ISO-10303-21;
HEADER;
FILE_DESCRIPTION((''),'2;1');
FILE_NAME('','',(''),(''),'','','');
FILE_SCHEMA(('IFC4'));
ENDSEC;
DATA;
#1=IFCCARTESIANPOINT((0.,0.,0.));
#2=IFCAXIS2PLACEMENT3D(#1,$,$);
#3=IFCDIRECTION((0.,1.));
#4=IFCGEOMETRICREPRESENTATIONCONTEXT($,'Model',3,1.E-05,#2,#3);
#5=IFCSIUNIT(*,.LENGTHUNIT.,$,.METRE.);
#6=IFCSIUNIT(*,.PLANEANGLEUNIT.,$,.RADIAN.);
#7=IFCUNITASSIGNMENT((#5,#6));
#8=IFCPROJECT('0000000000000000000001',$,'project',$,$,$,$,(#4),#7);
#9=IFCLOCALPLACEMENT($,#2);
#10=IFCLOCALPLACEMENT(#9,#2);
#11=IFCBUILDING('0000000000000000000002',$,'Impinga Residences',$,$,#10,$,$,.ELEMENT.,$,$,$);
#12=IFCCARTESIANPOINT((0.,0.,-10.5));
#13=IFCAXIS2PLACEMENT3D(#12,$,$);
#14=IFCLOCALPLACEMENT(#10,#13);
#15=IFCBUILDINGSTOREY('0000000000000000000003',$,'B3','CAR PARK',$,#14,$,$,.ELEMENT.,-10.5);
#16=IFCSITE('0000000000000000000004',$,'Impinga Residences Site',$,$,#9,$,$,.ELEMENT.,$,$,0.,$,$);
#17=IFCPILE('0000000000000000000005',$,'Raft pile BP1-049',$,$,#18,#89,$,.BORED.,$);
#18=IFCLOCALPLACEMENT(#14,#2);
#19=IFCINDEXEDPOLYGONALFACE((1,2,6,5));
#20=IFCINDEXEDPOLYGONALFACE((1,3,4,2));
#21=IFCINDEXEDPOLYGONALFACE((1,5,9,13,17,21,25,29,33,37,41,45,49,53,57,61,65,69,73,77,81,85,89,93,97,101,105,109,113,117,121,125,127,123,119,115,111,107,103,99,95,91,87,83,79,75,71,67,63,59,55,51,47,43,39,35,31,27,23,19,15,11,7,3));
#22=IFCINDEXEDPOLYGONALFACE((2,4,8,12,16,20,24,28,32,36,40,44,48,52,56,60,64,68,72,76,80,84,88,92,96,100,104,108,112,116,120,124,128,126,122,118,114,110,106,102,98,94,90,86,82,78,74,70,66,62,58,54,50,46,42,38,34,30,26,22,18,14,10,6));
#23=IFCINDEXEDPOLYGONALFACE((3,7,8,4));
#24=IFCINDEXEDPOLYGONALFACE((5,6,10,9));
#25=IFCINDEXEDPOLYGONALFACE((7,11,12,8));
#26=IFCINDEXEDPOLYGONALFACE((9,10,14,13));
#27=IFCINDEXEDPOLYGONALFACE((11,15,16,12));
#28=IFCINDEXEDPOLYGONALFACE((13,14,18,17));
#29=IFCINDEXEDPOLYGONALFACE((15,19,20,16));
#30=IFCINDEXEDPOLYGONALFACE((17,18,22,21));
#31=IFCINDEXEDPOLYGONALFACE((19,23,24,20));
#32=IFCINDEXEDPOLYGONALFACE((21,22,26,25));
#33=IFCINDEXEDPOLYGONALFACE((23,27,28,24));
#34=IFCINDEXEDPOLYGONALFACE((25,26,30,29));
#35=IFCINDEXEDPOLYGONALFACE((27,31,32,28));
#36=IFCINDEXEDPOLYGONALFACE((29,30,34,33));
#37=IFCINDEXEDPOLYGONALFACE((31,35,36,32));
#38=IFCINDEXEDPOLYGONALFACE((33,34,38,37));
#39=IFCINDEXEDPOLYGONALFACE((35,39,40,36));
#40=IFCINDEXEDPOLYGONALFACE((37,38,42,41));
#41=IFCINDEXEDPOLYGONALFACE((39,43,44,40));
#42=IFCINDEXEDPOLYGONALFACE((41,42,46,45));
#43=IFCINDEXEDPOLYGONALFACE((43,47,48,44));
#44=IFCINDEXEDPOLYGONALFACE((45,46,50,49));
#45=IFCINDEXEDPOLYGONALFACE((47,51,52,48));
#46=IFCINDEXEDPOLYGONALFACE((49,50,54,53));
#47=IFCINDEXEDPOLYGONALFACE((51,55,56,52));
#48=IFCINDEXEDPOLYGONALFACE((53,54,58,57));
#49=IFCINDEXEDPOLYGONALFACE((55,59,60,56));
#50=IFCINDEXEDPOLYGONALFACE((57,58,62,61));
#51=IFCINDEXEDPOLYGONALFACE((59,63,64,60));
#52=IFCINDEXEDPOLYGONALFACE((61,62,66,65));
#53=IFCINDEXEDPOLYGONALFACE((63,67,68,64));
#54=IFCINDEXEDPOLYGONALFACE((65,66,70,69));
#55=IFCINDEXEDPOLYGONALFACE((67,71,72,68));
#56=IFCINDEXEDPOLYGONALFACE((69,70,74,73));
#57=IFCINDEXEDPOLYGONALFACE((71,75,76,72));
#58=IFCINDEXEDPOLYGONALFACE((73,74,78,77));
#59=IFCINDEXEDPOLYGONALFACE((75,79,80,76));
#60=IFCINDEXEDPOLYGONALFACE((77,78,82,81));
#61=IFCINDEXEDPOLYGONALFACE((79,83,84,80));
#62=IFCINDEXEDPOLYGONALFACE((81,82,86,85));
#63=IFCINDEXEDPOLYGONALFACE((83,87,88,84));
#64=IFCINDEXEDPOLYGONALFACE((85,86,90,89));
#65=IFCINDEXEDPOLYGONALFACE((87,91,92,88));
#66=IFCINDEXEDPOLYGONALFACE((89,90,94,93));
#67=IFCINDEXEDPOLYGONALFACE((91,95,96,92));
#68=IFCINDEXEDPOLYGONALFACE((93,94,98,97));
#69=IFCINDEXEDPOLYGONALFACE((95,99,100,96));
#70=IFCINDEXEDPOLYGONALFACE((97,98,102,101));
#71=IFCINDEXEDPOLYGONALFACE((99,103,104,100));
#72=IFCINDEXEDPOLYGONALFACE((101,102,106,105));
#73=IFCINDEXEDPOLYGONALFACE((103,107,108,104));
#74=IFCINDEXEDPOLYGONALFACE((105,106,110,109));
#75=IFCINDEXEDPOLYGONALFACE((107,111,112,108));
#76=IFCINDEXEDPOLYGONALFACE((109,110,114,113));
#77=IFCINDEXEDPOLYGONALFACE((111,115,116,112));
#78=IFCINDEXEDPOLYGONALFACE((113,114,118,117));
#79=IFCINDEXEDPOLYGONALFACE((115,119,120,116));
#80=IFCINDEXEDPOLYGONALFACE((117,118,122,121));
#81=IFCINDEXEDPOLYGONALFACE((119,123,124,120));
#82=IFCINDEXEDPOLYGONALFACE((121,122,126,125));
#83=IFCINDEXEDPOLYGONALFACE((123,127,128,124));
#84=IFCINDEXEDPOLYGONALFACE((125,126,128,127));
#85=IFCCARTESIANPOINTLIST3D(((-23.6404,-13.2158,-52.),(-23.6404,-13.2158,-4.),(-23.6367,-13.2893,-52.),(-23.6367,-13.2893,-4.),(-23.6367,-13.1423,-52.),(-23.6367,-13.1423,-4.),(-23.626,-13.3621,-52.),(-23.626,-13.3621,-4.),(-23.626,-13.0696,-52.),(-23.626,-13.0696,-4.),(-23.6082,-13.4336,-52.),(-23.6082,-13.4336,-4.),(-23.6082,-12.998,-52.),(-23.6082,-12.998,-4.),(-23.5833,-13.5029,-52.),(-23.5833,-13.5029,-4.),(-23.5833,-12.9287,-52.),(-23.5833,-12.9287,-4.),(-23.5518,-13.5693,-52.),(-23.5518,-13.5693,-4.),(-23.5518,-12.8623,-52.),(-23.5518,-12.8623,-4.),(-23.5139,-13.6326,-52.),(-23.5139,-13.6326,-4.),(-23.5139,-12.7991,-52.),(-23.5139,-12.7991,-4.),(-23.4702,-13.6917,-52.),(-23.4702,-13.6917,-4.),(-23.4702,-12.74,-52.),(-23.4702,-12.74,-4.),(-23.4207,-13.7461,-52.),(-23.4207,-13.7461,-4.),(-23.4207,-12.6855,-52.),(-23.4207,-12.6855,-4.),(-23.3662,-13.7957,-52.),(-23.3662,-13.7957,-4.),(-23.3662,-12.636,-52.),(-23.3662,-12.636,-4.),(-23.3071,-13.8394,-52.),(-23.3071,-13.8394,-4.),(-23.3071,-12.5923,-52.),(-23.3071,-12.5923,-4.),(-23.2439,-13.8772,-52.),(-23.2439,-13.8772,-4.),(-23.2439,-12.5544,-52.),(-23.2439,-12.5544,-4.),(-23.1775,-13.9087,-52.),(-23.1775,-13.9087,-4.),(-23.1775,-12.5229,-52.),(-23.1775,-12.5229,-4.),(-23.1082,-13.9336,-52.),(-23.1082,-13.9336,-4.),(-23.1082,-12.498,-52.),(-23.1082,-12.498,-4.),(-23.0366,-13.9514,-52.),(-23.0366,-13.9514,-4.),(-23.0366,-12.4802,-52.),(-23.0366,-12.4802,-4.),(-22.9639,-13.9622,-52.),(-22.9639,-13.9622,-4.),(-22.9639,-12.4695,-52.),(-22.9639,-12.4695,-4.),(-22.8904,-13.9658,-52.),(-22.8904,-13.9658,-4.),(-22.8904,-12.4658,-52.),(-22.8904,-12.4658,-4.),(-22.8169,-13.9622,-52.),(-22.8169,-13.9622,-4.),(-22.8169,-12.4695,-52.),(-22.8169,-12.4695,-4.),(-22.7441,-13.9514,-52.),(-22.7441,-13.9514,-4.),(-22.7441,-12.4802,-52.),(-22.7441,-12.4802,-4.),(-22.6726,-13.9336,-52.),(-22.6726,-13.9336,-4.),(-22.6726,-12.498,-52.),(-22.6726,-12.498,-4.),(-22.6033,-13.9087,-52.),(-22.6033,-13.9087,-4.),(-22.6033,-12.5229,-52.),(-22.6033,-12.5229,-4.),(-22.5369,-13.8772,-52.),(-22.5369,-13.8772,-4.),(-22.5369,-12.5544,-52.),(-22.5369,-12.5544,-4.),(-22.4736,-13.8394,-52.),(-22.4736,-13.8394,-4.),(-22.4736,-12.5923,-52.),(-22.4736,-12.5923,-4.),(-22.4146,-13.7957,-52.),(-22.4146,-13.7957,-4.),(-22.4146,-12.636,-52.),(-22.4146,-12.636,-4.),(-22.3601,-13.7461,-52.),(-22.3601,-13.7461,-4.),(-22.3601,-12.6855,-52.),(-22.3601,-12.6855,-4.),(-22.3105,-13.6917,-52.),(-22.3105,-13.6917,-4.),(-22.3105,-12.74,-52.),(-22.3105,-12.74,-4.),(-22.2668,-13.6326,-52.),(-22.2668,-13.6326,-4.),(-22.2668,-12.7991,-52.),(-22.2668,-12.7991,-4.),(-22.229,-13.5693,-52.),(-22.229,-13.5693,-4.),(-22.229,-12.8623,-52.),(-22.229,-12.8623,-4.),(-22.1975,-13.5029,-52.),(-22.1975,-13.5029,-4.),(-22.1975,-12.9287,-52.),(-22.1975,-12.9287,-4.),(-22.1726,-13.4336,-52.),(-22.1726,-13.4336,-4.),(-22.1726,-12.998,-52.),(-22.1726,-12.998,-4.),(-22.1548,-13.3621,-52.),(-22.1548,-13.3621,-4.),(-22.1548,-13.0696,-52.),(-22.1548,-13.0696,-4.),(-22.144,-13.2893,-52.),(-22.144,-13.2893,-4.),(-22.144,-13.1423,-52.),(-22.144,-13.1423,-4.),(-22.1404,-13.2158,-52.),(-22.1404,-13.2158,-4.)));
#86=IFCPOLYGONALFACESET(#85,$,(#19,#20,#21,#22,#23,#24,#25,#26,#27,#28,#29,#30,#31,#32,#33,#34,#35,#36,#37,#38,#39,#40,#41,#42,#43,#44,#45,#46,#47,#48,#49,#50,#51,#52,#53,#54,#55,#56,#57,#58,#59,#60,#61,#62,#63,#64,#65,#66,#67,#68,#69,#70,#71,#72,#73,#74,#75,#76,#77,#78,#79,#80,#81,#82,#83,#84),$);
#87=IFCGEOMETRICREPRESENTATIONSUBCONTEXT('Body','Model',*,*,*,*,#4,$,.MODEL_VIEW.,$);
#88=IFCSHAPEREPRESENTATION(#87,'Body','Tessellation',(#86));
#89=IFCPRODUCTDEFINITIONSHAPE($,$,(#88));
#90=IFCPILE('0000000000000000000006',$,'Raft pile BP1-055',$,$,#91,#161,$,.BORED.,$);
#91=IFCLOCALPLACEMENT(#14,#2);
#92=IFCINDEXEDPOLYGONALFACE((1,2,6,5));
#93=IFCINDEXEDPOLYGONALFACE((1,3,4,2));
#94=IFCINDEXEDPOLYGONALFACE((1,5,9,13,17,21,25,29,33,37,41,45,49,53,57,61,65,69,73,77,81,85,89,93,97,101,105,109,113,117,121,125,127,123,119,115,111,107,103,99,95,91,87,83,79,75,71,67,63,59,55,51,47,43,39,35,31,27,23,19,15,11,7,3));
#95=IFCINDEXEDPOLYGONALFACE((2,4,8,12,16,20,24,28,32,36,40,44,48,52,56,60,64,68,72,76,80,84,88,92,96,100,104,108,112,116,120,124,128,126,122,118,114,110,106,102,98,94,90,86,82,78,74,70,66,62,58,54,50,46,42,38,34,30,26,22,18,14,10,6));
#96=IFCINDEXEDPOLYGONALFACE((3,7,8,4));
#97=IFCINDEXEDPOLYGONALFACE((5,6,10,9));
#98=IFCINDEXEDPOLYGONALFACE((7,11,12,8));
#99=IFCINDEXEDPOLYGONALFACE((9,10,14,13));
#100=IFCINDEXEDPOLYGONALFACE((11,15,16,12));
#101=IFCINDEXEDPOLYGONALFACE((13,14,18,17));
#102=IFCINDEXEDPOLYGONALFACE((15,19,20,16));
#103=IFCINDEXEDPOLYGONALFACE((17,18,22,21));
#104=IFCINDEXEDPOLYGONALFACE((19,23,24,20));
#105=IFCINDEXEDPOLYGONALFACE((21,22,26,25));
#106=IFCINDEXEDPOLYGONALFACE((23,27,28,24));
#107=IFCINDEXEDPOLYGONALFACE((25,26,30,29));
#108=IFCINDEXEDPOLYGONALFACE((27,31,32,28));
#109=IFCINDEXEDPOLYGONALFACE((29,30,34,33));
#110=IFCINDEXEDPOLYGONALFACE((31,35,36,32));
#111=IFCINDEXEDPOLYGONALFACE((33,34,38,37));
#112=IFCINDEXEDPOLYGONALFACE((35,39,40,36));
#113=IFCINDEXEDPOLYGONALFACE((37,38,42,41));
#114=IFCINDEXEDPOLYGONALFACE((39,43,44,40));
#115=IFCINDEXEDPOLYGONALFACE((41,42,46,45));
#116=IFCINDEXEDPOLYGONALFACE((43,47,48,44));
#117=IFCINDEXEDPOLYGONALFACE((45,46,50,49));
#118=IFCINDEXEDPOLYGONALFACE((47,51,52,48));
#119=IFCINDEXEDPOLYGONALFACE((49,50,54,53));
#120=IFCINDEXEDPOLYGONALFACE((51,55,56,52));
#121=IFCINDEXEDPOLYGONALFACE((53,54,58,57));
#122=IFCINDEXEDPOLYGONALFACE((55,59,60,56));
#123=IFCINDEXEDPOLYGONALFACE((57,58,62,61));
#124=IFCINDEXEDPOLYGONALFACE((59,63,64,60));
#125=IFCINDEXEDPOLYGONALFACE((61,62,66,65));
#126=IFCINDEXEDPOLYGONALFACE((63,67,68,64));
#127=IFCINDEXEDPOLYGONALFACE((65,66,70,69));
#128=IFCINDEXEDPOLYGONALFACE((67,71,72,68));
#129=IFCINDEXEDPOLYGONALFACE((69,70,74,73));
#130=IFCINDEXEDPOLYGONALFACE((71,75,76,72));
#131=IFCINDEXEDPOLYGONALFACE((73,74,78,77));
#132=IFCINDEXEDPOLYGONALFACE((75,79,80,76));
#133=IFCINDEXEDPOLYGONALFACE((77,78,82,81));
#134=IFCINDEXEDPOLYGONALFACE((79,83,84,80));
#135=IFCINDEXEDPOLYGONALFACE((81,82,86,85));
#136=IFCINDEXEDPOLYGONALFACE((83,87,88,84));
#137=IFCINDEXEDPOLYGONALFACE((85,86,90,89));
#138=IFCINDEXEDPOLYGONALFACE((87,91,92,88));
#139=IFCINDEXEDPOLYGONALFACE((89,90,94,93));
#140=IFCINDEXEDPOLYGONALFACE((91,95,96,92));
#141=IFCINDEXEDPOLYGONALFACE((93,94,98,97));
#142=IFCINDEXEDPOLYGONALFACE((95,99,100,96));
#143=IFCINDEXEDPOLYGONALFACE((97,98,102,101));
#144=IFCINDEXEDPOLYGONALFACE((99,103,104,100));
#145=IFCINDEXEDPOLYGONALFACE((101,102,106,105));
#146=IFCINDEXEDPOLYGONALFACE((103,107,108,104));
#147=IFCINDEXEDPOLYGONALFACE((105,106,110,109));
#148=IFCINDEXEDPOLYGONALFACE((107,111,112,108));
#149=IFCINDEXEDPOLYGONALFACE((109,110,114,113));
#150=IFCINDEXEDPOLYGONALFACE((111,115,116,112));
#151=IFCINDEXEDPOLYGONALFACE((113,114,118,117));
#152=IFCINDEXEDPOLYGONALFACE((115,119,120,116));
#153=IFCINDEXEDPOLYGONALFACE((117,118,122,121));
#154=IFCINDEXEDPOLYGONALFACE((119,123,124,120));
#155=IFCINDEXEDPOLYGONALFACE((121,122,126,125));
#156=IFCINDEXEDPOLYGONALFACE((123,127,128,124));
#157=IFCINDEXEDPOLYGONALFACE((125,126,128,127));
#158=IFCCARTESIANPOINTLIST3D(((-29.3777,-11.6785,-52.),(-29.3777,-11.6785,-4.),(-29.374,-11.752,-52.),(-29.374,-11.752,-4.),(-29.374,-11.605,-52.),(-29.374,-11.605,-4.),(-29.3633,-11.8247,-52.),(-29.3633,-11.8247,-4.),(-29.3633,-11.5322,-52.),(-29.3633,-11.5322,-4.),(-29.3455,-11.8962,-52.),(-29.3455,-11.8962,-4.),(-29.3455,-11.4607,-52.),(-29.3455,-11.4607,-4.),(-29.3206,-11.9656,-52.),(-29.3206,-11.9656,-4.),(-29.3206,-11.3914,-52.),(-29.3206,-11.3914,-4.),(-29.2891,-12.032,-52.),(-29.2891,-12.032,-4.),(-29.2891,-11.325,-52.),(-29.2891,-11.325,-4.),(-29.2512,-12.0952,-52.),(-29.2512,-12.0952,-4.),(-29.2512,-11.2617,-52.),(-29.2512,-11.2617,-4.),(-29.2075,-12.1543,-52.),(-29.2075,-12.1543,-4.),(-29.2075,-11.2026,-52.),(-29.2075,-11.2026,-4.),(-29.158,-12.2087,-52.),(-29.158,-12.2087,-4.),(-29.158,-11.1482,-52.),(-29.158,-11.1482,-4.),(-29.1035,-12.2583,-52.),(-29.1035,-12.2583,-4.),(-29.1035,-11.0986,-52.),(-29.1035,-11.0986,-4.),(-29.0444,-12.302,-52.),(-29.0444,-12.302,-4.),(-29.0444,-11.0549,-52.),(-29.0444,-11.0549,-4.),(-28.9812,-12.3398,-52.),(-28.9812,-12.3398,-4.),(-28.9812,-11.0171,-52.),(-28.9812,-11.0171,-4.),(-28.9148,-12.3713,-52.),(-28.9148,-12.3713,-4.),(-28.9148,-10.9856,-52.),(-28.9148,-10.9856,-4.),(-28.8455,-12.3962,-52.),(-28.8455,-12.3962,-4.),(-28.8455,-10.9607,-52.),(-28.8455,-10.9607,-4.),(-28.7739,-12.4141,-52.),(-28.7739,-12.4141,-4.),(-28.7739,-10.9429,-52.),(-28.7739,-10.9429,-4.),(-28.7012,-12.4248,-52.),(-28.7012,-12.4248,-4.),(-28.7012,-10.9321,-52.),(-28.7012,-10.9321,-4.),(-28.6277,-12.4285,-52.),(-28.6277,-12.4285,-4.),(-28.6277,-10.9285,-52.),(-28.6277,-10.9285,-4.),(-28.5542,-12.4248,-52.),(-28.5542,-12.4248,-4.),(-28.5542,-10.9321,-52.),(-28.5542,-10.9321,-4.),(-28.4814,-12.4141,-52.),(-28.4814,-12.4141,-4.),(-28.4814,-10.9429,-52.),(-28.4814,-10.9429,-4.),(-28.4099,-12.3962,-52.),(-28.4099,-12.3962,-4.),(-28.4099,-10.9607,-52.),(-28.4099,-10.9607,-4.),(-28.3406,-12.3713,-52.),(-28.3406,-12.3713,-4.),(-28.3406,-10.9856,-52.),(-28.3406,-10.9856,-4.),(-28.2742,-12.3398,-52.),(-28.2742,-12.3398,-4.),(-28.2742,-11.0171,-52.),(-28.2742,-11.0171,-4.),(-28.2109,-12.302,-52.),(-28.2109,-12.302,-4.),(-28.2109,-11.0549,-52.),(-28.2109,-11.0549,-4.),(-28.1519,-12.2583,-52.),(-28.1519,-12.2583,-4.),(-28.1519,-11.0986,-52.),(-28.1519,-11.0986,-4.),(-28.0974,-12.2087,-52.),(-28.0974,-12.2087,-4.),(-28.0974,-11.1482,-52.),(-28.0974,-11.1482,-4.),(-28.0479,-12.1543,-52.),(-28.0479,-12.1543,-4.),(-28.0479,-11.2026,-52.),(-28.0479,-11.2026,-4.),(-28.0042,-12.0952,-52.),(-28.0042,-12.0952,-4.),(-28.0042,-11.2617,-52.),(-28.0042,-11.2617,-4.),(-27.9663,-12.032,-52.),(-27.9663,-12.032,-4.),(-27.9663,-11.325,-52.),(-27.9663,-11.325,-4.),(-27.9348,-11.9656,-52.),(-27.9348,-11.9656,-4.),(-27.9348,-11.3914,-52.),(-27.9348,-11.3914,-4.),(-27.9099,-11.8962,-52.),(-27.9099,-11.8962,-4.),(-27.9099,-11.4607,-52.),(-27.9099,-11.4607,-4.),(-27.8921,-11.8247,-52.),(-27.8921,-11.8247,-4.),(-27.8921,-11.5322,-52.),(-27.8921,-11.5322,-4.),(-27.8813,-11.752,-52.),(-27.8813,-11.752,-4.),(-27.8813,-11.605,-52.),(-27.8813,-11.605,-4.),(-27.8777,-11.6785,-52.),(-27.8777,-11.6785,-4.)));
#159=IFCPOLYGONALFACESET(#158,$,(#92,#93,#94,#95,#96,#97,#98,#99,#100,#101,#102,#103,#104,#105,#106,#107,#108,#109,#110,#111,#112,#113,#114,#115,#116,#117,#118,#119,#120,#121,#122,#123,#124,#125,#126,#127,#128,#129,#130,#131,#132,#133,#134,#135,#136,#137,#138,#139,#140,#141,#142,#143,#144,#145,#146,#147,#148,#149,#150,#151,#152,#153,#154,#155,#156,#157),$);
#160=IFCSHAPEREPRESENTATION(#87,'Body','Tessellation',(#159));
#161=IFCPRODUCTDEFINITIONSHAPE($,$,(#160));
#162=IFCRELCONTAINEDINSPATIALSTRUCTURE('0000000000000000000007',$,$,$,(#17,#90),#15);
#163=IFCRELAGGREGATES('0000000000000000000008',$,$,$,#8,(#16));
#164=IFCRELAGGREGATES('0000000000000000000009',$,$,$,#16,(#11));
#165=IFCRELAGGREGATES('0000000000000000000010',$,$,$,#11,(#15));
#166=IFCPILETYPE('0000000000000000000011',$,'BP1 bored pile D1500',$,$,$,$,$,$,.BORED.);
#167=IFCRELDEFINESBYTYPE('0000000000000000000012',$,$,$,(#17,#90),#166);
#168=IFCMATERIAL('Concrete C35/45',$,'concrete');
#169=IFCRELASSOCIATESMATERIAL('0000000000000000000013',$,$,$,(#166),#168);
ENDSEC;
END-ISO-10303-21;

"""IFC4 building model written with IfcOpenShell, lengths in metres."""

from ifc_helpers import new_model, si_unit, direction, frame, origin, origin_2d, place, context, subcontext, project, spatial, polyline, circle, outline, extrude, material, material_profile, profile_set, type_object, element, save


model = new_model("IFC4")

# Units and contexts
model_context = context("Model", 3, precision=1e-05, world=origin(), true_north=direction((0.0, 1.0)))
body_context = subcontext(model_context, "Body", "Model", "MODEL_VIEW")
ifc_project = project(units=[si_unit("LENGTHUNIT", "METRE"), si_unit("PLANEANGLEUNIT", "RADIAN")], contexts=[model_context])

# Site, building, storey
site_placement = place(None, origin())
site = spatial("IfcSite", under=ifc_project, at=site_placement, Name="Impinga Residences Site", CompositionType="ELEMENT", RefElevation=0.0)
building_placement = place(site_placement, origin())
building = spatial("IfcBuilding", under=site, at=building_placement, Name="Impinga Residences", CompositionType="ELEMENT")
storey_placement = place(building_placement, frame((0.0, 0.0, -10.5)))
storey = spatial("IfcBuildingStorey", under=building, at=storey_placement, Name="B3", Description="CAR PARK", CompositionType="ELEMENT", Elevation=-10.5)

# Piles
ifc_material_1 = material(Name="Concrete C35/45", Category="concrete")
ifc_material_profile_1 = material_profile(ifc_material_1, circle(Radius=0.75, at=origin_2d()), Name="D1500")
ifc_profile_set_1 = profile_set([ifc_material_profile_1], Name="Concrete C35/45")
pile_type_1 = type_object("IfcPileType", Name="BP1 bored pile D1500", PredefinedType="BORED", material=ifc_profile_set_1)
pile_1_placement = place(storey_placement, frame((-22.8904, -13.2158, -4.0), z_axis=(0.0, 0.0, -1.0), x_axis=(1.0, 0.0, 0.0)))
element("IfcPile", 1, at=pile_1_placement, inside=storey, type_object=pile_type_1, Name="Raft pile BP1-049", PredefinedType="BORED", context=body_context, shape_type="SweptSolid", body=[
    extrude(outline(polyline([(0.75, 0.0), (0.7463, 0.0735), (0.7356, 0.1462), (0.7178, 0.2178), (0.6929, 0.2871), (0.6614, 0.3535), (0.6235, 0.4167), (0.5798, 0.4758), (0.5303, 0.5303), (0.4758, 0.5798), (0.4167, 0.6235), (0.3535, 0.6614), (0.2871, 0.6929), (0.2178, 0.7178), (0.1462, 0.7356), (0.0735, 0.7463), (0.0, 0.75), (-0.0735, 0.7463), (-0.1462, 0.7356), (-0.2178, 0.7178), (-0.2871, 0.6929), (-0.3535, 0.6614), (-0.4167, 0.6235), (-0.4758, 0.5798), (-0.5303, 0.5303), (-0.5798, 0.4758), (-0.6235, 0.4167), (-0.6614, 0.3535), (-0.6929, 0.2871), (-0.7178, 0.2178), (-0.7356, 0.1462), (-0.7463, 0.0735), (-0.75, 0.0), (-0.7463, -0.0735), (-0.7356, -0.1462), (-0.7178, -0.2178), (-0.6929, -0.2871), (-0.6614, -0.3535), (-0.6235, -0.4167), (-0.5798, -0.4758), (-0.5303, -0.5303), (-0.4758, -0.5798), (-0.4167, -0.6235), (-0.3535, -0.6614), (-0.2871, -0.6929), (-0.2178, -0.7178), (-0.1462, -0.7356), (-0.0735, -0.7463), (0.0, -0.75), (0.0735, -0.7463), (0.1462, -0.7356), (0.2178, -0.7178), (0.2871, -0.6929), (0.3535, -0.6614), (0.4167, -0.6235), (0.4758, -0.5798), (0.5303, -0.5303), (0.5798, -0.4758), (0.6235, -0.4167), (0.6614, -0.3535), (0.6929, -0.2871), (0.7178, -0.2178), (0.7356, -0.1462), (0.7463, -0.0735), (0.75, 0.0)])), origin(), (0.0, 0.0, 1.0), 48.0),
])
pile_2_placement = place(storey_placement, frame((-28.6277, -11.6785, -4.0), z_axis=(0.0, 0.0, -1.0), x_axis=(1.0, 0.0, 0.0)))
element("IfcPile", 2, at=pile_2_placement, inside=storey, type_object=pile_type_1, Name="Raft pile BP1-055", PredefinedType="BORED", context=body_context, shape_type="SweptSolid", body=[
    extrude(outline(polyline([(0.75, 0.0), (0.7463, 0.0735), (0.7356, 0.1462), (0.7178, 0.2178), (0.6929, 0.2871), (0.6614, 0.3535), (0.6235, 0.4167), (0.5798, 0.4758), (0.5303, 0.5303), (0.4758, 0.5798), (0.4167, 0.6235), (0.3535, 0.6614), (0.2871, 0.6929), (0.2178, 0.7178), (0.1462, 0.7356), (0.0735, 0.7463), (0.0, 0.75), (-0.0735, 0.7463), (-0.1462, 0.7356), (-0.2178, 0.7178), (-0.2871, 0.6929), (-0.3535, 0.6614), (-0.4167, 0.6235), (-0.4758, 0.5798), (-0.5303, 0.5303), (-0.5798, 0.4758), (-0.6235, 0.4167), (-0.6614, 0.3535), (-0.6929, 0.2871), (-0.7178, 0.2178), (-0.7356, 0.1462), (-0.7463, 0.0735), (-0.75, 0.0), (-0.7463, -0.0735), (-0.7356, -0.1462), (-0.7178, -0.2178), (-0.6929, -0.2871), (-0.6614, -0.3535), (-0.6235, -0.4167), (-0.5798, -0.4758), (-0.5303, -0.5303), (-0.4758, -0.5798), (-0.4167, -0.6235), (-0.3535, -0.6614), (-0.2871, -0.6929), (-0.2178, -0.7178), (-0.1462, -0.7356), (-0.0735, -0.7463), (0.0, -0.75), (0.0735, -0.7463), (0.1462, -0.7356), (0.2178, -0.7178), (0.2871, -0.6929), (0.3535, -0.6614), (0.4167, -0.6235), (0.4758, -0.5798), (0.5303, -0.5303), (0.5798, -0.4758), (0.6235, -0.4167), (0.6614, -0.3535), (0.6929, -0.2871), (0.7178, -0.2178), (0.7356, -0.1462), (0.7463, -0.0735), (0.75, 0.0)])), origin(), (0.0, 0.0, 1.0), 48.0),
])

save(model, "model.ifc")
